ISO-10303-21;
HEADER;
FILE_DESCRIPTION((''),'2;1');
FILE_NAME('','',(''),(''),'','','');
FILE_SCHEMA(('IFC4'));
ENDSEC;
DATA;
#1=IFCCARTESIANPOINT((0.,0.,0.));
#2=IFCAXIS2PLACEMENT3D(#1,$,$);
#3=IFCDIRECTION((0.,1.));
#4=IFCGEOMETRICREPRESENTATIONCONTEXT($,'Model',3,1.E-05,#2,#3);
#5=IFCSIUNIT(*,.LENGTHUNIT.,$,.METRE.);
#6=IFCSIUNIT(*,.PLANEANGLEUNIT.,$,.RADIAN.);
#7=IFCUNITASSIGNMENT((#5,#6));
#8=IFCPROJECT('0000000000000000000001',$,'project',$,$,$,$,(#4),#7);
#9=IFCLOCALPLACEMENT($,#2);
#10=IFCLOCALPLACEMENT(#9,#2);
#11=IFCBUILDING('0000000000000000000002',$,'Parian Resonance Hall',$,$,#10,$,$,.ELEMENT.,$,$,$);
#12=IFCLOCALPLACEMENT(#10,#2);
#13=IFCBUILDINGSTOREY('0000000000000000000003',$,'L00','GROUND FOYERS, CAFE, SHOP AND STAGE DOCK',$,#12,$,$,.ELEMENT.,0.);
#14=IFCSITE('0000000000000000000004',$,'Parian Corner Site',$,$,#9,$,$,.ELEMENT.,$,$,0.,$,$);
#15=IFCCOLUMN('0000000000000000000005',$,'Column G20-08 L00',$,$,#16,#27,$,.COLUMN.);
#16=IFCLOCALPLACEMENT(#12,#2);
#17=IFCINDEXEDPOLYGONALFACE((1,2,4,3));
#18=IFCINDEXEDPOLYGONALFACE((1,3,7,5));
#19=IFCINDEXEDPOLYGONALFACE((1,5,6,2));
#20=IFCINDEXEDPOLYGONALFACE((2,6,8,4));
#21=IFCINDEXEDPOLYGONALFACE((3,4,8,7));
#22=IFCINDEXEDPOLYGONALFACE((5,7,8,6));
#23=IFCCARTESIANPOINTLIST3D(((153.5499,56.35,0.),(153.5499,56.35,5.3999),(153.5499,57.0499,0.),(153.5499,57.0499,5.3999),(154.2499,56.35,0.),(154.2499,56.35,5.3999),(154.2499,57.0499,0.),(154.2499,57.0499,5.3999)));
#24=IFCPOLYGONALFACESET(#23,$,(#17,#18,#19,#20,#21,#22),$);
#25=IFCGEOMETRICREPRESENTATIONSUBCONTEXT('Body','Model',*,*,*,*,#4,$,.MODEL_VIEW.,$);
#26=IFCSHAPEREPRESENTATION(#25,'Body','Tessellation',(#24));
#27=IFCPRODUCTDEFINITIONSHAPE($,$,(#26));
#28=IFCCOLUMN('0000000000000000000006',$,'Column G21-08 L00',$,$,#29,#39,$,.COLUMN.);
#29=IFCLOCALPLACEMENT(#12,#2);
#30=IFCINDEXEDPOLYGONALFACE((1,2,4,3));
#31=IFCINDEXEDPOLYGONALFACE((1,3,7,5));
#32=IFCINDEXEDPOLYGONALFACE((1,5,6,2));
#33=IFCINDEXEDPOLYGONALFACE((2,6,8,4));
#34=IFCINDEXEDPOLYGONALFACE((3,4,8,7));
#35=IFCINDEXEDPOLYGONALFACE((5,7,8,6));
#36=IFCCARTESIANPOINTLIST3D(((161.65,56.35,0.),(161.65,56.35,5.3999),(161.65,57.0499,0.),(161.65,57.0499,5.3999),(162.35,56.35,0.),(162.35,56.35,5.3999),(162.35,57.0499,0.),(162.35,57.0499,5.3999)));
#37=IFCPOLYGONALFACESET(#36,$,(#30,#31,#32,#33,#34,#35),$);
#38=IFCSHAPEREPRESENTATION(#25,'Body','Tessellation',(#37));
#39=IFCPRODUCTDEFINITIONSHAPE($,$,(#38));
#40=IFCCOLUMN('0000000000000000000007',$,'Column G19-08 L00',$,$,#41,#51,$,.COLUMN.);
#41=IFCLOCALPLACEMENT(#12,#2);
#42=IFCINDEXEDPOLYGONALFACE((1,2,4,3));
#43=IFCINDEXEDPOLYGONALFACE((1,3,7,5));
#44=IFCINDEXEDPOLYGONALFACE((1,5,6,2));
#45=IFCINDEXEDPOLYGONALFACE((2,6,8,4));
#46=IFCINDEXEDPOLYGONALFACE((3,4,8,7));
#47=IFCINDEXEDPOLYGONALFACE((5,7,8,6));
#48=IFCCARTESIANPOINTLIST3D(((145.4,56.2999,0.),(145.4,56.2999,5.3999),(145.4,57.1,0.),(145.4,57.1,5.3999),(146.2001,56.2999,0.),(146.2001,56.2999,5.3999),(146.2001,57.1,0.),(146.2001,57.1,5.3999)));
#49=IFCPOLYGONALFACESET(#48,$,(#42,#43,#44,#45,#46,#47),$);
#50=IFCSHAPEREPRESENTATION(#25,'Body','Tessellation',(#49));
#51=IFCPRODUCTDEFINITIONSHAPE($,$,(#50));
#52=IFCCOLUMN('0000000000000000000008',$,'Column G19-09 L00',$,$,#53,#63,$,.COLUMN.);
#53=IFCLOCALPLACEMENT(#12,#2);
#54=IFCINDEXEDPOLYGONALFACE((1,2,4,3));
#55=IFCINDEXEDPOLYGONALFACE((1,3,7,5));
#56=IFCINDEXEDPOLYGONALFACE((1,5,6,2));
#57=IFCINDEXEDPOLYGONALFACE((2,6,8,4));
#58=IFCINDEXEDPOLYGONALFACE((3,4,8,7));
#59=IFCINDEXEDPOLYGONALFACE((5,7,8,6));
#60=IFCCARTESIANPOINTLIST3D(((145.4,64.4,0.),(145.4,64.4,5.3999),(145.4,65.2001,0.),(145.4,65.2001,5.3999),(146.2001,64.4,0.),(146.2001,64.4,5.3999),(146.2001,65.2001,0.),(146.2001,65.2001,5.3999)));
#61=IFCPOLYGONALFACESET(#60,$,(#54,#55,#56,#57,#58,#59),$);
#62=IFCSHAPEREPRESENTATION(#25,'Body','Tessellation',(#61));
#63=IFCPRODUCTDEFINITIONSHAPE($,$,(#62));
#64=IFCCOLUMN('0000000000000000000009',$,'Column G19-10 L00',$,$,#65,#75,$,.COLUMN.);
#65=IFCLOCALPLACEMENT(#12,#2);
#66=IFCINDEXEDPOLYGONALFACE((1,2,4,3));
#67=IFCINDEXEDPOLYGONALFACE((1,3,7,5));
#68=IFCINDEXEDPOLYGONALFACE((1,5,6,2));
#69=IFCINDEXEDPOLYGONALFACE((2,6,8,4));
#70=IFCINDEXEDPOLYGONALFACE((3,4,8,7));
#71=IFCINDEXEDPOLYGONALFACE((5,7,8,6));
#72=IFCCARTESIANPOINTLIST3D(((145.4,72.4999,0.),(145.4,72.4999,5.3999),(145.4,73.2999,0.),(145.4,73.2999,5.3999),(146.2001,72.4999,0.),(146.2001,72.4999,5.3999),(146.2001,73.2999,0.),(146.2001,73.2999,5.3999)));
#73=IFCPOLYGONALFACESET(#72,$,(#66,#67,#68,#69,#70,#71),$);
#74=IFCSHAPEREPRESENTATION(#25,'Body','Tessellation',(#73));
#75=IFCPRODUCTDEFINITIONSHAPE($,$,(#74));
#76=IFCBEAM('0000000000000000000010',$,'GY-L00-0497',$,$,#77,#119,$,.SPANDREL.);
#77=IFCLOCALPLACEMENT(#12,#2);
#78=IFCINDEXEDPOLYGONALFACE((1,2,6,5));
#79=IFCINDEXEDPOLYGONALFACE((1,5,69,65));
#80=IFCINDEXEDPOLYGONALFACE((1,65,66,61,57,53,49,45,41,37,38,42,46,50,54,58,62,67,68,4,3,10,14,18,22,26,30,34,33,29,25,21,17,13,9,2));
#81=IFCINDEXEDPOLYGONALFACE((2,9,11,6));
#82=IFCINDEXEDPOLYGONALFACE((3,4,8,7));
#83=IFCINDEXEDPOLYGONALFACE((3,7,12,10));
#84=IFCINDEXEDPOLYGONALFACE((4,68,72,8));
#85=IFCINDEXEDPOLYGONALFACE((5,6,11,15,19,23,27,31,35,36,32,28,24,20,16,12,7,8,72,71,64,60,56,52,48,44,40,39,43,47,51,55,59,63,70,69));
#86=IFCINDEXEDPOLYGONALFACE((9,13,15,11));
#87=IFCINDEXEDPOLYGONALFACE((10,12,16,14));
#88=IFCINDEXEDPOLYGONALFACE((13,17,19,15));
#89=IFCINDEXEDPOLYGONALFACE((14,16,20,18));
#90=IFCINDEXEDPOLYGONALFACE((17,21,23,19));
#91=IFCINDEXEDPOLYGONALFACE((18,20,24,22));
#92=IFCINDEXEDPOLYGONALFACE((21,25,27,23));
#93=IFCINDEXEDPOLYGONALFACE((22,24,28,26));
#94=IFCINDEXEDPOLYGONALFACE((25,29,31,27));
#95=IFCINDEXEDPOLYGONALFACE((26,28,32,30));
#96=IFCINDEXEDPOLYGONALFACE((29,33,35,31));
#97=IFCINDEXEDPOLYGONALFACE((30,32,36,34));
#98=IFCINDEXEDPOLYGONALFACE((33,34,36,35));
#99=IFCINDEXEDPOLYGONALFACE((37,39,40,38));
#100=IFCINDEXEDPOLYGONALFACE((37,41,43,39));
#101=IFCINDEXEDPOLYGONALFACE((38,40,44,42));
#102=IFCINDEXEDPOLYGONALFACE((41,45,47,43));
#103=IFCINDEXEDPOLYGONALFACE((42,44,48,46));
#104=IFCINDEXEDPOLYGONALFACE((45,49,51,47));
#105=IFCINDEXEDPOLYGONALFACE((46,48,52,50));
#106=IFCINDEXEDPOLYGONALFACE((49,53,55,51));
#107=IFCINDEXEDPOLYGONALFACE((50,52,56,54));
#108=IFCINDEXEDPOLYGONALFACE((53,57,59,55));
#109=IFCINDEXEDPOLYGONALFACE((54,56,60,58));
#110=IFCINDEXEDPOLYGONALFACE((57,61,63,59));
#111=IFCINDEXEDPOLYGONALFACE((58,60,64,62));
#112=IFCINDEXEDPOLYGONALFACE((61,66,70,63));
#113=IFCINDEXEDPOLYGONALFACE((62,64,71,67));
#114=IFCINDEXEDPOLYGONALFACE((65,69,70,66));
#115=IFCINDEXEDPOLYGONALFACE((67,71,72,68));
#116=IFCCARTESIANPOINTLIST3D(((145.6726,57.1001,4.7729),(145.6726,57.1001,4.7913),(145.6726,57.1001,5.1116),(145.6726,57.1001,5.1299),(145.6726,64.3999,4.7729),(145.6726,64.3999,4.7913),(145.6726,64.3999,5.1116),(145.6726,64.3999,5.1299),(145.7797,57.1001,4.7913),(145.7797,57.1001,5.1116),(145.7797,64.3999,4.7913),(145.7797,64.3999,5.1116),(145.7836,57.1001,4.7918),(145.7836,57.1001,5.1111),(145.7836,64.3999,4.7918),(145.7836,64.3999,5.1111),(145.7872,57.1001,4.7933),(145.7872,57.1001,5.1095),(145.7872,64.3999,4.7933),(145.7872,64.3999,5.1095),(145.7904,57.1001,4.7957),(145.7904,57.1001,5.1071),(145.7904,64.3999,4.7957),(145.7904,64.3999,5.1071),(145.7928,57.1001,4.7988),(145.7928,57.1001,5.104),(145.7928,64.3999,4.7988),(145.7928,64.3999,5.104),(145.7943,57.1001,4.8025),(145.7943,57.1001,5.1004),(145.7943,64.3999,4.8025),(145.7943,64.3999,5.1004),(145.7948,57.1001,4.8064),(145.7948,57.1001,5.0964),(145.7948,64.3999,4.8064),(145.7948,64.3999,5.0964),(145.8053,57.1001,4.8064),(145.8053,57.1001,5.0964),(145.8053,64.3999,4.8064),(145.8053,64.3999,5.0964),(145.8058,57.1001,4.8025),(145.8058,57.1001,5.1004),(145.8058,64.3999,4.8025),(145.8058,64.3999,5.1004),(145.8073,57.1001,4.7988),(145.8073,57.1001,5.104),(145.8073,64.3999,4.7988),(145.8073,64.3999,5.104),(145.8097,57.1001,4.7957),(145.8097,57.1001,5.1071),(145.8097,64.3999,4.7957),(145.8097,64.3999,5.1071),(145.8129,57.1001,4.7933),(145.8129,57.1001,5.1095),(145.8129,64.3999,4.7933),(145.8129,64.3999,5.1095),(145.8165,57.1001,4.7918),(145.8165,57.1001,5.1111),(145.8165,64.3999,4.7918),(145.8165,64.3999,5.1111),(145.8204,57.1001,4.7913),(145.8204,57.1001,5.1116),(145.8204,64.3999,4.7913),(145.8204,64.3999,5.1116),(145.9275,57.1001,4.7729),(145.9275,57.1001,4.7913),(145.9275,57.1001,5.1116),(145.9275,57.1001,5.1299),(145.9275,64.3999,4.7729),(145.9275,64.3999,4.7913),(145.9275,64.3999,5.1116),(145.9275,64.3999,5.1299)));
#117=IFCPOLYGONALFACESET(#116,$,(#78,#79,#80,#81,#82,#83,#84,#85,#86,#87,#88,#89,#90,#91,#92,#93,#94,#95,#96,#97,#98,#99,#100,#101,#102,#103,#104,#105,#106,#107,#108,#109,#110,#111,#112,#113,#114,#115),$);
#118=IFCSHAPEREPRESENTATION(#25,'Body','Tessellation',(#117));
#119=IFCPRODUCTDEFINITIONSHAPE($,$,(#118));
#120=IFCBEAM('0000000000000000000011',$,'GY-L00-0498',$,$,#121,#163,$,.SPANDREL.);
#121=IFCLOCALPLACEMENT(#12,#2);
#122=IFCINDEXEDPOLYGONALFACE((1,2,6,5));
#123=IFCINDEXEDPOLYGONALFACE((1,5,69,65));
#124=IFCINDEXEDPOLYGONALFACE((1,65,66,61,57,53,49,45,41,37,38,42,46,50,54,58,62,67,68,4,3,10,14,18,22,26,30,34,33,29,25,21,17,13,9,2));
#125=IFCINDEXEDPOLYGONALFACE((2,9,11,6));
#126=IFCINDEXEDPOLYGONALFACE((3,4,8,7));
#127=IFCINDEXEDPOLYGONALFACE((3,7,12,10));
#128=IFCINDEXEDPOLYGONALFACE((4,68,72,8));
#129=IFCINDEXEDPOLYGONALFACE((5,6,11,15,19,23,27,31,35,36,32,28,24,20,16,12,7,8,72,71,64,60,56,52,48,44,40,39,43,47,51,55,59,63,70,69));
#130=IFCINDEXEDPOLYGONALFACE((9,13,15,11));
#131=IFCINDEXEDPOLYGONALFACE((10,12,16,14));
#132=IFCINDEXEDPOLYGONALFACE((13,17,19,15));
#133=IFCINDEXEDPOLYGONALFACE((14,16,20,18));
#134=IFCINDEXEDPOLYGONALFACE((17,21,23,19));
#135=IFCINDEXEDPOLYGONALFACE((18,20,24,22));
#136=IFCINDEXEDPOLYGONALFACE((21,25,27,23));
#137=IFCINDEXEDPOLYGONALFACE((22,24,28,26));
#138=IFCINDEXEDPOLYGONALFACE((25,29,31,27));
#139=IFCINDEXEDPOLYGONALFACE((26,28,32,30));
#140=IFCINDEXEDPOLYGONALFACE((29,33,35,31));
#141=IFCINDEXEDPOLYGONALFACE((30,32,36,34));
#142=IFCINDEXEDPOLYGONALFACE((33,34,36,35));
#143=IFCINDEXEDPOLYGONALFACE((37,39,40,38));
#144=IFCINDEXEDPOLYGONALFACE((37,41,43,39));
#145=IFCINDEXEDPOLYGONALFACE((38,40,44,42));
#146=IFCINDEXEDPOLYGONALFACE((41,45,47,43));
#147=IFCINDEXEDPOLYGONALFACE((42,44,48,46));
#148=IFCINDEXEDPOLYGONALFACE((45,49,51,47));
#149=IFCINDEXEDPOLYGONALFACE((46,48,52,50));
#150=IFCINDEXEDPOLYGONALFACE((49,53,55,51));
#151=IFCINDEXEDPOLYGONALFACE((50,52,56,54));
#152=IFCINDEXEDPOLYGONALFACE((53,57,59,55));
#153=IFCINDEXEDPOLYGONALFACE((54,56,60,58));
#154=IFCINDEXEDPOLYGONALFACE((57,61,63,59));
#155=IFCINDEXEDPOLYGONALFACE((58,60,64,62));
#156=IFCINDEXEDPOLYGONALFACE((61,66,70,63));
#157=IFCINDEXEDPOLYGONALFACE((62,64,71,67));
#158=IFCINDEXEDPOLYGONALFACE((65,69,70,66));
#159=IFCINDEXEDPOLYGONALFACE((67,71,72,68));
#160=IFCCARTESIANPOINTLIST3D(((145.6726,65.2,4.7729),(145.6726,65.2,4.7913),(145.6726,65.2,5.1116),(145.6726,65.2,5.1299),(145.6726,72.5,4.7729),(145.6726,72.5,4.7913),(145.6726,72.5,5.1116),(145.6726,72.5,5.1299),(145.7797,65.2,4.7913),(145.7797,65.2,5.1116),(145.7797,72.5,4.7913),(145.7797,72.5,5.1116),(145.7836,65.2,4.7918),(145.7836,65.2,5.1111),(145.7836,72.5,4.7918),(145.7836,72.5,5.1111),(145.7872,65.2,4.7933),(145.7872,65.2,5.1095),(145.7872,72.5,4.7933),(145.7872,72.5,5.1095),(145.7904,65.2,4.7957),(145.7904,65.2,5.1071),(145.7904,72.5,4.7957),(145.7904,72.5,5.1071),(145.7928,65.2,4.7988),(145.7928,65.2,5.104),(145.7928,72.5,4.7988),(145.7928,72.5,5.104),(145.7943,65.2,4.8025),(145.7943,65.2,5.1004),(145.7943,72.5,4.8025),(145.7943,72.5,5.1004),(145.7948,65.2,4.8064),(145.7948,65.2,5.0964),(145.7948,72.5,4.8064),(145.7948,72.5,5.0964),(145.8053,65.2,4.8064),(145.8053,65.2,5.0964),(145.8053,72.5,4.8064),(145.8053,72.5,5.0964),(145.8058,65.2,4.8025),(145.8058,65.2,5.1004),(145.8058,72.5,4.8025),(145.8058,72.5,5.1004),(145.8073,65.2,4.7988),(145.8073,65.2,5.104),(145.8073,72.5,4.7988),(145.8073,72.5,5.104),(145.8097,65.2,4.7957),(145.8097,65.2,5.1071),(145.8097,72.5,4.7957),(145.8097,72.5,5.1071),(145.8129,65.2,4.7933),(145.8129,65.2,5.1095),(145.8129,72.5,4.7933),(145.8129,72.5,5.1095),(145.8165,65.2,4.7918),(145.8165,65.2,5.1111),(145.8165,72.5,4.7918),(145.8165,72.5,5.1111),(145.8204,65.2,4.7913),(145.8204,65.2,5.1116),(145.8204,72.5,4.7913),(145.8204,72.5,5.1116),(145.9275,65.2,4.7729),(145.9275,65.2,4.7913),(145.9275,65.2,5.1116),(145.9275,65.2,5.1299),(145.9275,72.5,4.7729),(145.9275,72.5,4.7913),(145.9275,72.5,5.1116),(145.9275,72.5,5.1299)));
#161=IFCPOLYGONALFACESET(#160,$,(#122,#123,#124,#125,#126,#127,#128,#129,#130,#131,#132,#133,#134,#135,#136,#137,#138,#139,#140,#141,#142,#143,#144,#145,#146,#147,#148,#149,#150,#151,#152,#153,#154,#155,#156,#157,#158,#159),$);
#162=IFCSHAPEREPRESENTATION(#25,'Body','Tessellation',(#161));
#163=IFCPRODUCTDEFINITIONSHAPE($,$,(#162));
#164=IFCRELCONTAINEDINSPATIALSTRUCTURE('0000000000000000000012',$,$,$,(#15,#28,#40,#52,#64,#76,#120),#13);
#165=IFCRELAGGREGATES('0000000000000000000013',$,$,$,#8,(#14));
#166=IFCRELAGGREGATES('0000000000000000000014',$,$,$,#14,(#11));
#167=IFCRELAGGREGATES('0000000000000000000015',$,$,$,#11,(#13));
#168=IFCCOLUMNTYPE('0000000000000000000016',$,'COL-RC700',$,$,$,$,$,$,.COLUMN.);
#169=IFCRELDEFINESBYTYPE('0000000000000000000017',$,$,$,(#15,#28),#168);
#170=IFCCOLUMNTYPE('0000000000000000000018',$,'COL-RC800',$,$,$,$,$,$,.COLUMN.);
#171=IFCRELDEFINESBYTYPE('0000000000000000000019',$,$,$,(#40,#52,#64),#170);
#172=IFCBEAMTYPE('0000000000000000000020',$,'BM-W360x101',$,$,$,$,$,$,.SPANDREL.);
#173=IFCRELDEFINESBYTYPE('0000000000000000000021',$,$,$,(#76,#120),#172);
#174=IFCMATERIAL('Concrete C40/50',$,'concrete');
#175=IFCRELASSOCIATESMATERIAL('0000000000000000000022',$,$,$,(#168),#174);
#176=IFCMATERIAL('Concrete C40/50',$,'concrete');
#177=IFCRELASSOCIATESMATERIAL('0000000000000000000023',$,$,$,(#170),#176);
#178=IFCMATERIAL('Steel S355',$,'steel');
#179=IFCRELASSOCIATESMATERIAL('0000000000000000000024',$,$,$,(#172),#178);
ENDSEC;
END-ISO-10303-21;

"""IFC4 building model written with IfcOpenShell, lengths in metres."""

from ifc_helpers import new_model, si_unit, direction, frame, origin, origin_2d, place, context, subcontext, project, spatial, rectangle, i_section, extrude, material, material_profile, profile_set, type_object, element, save


model = new_model("IFC4")

# Units and contexts
model_context = context("Model", 3, precision=1e-05, world=origin(), true_north=direction((0.0, 1.0)))
body_context = subcontext(model_context, "Body", "Model", "MODEL_VIEW")
ifc_project = project(units=[si_unit("LENGTHUNIT", "METRE"), si_unit("PLANEANGLEUNIT", "RADIAN")], contexts=[model_context])

# Site, building, storey
site_placement = place(None, origin())
site = spatial("IfcSite", under=ifc_project, at=site_placement, Name="Parian Corner Site", CompositionType="ELEMENT", RefElevation=0.0)
building_placement = place(site_placement, origin())
building = spatial("IfcBuilding", under=site, at=building_placement, Name="Parian Resonance Hall", CompositionType="ELEMENT")
storey_placement = place(building_placement, origin())
storey = spatial("IfcBuildingStorey", under=building, at=storey_placement, Name="L00", Description="GROUND FOYERS, CAFE, SHOP AND STAGE DOCK", CompositionType="ELEMENT", Elevation=0.0)

# Columns
ifc_material_1 = material(Name="Concrete C40/50", Category="concrete")
ifc_material_profile_1 = material_profile(ifc_material_1, rectangle(XDim=0.7, YDim=0.7, at=origin_2d()), Name="RC-COL-700x700")
ifc_profile_set_1 = profile_set([ifc_material_profile_1], Name="Concrete C40/50")
column_type_1 = type_object("IfcColumnType", Name="COL-RC700", PredefinedType="COLUMN", material=ifc_profile_set_1)
for number, where, z_axis, x_axis, name in (
    (1, (153.8999, 56.7, 0.0), (0.0, 0.0, 1.0), (1.0, 0.0, 0.0), "Column G20-08 L00"),
    (2, (162.0, 56.7, 0.0), (0.0, 0.0, 1.0), (1.0, 0.0, 0.0), "Column G21-08 L00"),
):
    element("IfcColumn", number, at=place(storey_placement, frame(where, z_axis=z_axis, x_axis=x_axis)), inside=storey, type_object=column_type_1, Name=name, PredefinedType="COLUMN", context=body_context, shape_type="SweptSolid", body=[
        extrude(rectangle(XDim=0.7, YDim=0.7, at=origin_2d()), origin(), (0.0, 0.0, 1.0), 5.3999),
    ])
ifc_material_2 = material(Name="Concrete C40/50", Category="concrete")
ifc_material_profile_2 = material_profile(ifc_material_2, rectangle(XDim=0.8, YDim=0.8, at=origin_2d()), Name="RC-COL-800x800")
ifc_profile_set_2 = profile_set([ifc_material_profile_2], Name="Concrete C40/50")
column_type_2 = type_object("IfcColumnType", Name="COL-RC800", PredefinedType="COLUMN", material=ifc_profile_set_2)
for number, where, z_axis, x_axis, name in (
    (3, (145.8, 56.7, 0.0), (0.0, 0.0, 1.0), (1.0, 0.0, 0.0), "Column G19-08 L00"),
    (4, (145.8, 64.8, 0.0), (0.0, 0.0, 1.0), (1.0, 0.0, 0.0), "Column G19-09 L00"),
    (5, (145.8, 72.8999, 0.0), (0.0, 0.0, 1.0), (1.0, 0.0, 0.0), "Column G19-10 L00"),
):
    element("IfcColumn", number, at=place(storey_placement, frame(where, z_axis=z_axis, x_axis=x_axis)), inside=storey, type_object=column_type_2, Name=name, PredefinedType="COLUMN", context=body_context, shape_type="SweptSolid", body=[
        extrude(rectangle(XDim=0.8, YDim=0.8, at=origin_2d()), origin(), (0.0, 0.0, 1.0), 5.3999),
    ])

# Beams
ifc_material_3 = material(Name="Steel S355", Category="steel")
ifc_material_profile_3 = material_profile(ifc_material_3, i_section(OverallWidth=0.2549, OverallDepth=0.3569, WebThickness=0.0105, FlangeThickness=0.0183, FilletRadius=0.0151, at=origin_2d()), Name="W360x101")
ifc_profile_set_3 = profile_set([ifc_material_profile_3], Name="Steel S355")
beam_type_1 = type_object("IfcBeamType", Name="BM-W360x101", PredefinedType="SPANDREL", material=ifc_profile_set_3)
beam_1_placement = place(storey_placement, frame((145.8, 57.1001, 4.9514), z_axis=(0.0, 1.0, 0.0), x_axis=(-1.0, 0.0, 0.0)))
element("IfcBeam", 6, at=beam_1_placement, inside=storey, type_object=beam_type_1, Name="GY-L00-0497", PredefinedType="SPANDREL", context=body_context, shape_type="SweptSolid", body=[
    extrude(i_section(OverallWidth=0.2549, OverallDepth=0.3569, WebThickness=0.0105, FlangeThickness=0.0183, FilletRadius=0.0151, at=origin_2d()), origin(), (0.0, 0.0, 1.0), 7.2998),
])
for number, where, z_axis, x_axis, name in (
    (7, (145.8, 65.2, 4.9514), (0.0, 1.0, 0.0), (-1.0, 0.0, 0.0), "GY-L00-0498"),
):
    element("IfcBeam", number, at=place(storey_placement, frame(where, z_axis=z_axis, x_axis=x_axis)), inside=storey, type_object=beam_type_1, Name=name, PredefinedType="SPANDREL", context=body_context, shape_type="SweptSolid", body=[
        extrude(i_section(OverallWidth=0.2549, OverallDepth=0.3569, WebThickness=0.0105, FlangeThickness=0.0183, FilletRadius=0.0151, at=origin_2d()), origin(), (0.0, 0.0, 1.0), 7.3),
    ])

save(model, "model.ifc")
